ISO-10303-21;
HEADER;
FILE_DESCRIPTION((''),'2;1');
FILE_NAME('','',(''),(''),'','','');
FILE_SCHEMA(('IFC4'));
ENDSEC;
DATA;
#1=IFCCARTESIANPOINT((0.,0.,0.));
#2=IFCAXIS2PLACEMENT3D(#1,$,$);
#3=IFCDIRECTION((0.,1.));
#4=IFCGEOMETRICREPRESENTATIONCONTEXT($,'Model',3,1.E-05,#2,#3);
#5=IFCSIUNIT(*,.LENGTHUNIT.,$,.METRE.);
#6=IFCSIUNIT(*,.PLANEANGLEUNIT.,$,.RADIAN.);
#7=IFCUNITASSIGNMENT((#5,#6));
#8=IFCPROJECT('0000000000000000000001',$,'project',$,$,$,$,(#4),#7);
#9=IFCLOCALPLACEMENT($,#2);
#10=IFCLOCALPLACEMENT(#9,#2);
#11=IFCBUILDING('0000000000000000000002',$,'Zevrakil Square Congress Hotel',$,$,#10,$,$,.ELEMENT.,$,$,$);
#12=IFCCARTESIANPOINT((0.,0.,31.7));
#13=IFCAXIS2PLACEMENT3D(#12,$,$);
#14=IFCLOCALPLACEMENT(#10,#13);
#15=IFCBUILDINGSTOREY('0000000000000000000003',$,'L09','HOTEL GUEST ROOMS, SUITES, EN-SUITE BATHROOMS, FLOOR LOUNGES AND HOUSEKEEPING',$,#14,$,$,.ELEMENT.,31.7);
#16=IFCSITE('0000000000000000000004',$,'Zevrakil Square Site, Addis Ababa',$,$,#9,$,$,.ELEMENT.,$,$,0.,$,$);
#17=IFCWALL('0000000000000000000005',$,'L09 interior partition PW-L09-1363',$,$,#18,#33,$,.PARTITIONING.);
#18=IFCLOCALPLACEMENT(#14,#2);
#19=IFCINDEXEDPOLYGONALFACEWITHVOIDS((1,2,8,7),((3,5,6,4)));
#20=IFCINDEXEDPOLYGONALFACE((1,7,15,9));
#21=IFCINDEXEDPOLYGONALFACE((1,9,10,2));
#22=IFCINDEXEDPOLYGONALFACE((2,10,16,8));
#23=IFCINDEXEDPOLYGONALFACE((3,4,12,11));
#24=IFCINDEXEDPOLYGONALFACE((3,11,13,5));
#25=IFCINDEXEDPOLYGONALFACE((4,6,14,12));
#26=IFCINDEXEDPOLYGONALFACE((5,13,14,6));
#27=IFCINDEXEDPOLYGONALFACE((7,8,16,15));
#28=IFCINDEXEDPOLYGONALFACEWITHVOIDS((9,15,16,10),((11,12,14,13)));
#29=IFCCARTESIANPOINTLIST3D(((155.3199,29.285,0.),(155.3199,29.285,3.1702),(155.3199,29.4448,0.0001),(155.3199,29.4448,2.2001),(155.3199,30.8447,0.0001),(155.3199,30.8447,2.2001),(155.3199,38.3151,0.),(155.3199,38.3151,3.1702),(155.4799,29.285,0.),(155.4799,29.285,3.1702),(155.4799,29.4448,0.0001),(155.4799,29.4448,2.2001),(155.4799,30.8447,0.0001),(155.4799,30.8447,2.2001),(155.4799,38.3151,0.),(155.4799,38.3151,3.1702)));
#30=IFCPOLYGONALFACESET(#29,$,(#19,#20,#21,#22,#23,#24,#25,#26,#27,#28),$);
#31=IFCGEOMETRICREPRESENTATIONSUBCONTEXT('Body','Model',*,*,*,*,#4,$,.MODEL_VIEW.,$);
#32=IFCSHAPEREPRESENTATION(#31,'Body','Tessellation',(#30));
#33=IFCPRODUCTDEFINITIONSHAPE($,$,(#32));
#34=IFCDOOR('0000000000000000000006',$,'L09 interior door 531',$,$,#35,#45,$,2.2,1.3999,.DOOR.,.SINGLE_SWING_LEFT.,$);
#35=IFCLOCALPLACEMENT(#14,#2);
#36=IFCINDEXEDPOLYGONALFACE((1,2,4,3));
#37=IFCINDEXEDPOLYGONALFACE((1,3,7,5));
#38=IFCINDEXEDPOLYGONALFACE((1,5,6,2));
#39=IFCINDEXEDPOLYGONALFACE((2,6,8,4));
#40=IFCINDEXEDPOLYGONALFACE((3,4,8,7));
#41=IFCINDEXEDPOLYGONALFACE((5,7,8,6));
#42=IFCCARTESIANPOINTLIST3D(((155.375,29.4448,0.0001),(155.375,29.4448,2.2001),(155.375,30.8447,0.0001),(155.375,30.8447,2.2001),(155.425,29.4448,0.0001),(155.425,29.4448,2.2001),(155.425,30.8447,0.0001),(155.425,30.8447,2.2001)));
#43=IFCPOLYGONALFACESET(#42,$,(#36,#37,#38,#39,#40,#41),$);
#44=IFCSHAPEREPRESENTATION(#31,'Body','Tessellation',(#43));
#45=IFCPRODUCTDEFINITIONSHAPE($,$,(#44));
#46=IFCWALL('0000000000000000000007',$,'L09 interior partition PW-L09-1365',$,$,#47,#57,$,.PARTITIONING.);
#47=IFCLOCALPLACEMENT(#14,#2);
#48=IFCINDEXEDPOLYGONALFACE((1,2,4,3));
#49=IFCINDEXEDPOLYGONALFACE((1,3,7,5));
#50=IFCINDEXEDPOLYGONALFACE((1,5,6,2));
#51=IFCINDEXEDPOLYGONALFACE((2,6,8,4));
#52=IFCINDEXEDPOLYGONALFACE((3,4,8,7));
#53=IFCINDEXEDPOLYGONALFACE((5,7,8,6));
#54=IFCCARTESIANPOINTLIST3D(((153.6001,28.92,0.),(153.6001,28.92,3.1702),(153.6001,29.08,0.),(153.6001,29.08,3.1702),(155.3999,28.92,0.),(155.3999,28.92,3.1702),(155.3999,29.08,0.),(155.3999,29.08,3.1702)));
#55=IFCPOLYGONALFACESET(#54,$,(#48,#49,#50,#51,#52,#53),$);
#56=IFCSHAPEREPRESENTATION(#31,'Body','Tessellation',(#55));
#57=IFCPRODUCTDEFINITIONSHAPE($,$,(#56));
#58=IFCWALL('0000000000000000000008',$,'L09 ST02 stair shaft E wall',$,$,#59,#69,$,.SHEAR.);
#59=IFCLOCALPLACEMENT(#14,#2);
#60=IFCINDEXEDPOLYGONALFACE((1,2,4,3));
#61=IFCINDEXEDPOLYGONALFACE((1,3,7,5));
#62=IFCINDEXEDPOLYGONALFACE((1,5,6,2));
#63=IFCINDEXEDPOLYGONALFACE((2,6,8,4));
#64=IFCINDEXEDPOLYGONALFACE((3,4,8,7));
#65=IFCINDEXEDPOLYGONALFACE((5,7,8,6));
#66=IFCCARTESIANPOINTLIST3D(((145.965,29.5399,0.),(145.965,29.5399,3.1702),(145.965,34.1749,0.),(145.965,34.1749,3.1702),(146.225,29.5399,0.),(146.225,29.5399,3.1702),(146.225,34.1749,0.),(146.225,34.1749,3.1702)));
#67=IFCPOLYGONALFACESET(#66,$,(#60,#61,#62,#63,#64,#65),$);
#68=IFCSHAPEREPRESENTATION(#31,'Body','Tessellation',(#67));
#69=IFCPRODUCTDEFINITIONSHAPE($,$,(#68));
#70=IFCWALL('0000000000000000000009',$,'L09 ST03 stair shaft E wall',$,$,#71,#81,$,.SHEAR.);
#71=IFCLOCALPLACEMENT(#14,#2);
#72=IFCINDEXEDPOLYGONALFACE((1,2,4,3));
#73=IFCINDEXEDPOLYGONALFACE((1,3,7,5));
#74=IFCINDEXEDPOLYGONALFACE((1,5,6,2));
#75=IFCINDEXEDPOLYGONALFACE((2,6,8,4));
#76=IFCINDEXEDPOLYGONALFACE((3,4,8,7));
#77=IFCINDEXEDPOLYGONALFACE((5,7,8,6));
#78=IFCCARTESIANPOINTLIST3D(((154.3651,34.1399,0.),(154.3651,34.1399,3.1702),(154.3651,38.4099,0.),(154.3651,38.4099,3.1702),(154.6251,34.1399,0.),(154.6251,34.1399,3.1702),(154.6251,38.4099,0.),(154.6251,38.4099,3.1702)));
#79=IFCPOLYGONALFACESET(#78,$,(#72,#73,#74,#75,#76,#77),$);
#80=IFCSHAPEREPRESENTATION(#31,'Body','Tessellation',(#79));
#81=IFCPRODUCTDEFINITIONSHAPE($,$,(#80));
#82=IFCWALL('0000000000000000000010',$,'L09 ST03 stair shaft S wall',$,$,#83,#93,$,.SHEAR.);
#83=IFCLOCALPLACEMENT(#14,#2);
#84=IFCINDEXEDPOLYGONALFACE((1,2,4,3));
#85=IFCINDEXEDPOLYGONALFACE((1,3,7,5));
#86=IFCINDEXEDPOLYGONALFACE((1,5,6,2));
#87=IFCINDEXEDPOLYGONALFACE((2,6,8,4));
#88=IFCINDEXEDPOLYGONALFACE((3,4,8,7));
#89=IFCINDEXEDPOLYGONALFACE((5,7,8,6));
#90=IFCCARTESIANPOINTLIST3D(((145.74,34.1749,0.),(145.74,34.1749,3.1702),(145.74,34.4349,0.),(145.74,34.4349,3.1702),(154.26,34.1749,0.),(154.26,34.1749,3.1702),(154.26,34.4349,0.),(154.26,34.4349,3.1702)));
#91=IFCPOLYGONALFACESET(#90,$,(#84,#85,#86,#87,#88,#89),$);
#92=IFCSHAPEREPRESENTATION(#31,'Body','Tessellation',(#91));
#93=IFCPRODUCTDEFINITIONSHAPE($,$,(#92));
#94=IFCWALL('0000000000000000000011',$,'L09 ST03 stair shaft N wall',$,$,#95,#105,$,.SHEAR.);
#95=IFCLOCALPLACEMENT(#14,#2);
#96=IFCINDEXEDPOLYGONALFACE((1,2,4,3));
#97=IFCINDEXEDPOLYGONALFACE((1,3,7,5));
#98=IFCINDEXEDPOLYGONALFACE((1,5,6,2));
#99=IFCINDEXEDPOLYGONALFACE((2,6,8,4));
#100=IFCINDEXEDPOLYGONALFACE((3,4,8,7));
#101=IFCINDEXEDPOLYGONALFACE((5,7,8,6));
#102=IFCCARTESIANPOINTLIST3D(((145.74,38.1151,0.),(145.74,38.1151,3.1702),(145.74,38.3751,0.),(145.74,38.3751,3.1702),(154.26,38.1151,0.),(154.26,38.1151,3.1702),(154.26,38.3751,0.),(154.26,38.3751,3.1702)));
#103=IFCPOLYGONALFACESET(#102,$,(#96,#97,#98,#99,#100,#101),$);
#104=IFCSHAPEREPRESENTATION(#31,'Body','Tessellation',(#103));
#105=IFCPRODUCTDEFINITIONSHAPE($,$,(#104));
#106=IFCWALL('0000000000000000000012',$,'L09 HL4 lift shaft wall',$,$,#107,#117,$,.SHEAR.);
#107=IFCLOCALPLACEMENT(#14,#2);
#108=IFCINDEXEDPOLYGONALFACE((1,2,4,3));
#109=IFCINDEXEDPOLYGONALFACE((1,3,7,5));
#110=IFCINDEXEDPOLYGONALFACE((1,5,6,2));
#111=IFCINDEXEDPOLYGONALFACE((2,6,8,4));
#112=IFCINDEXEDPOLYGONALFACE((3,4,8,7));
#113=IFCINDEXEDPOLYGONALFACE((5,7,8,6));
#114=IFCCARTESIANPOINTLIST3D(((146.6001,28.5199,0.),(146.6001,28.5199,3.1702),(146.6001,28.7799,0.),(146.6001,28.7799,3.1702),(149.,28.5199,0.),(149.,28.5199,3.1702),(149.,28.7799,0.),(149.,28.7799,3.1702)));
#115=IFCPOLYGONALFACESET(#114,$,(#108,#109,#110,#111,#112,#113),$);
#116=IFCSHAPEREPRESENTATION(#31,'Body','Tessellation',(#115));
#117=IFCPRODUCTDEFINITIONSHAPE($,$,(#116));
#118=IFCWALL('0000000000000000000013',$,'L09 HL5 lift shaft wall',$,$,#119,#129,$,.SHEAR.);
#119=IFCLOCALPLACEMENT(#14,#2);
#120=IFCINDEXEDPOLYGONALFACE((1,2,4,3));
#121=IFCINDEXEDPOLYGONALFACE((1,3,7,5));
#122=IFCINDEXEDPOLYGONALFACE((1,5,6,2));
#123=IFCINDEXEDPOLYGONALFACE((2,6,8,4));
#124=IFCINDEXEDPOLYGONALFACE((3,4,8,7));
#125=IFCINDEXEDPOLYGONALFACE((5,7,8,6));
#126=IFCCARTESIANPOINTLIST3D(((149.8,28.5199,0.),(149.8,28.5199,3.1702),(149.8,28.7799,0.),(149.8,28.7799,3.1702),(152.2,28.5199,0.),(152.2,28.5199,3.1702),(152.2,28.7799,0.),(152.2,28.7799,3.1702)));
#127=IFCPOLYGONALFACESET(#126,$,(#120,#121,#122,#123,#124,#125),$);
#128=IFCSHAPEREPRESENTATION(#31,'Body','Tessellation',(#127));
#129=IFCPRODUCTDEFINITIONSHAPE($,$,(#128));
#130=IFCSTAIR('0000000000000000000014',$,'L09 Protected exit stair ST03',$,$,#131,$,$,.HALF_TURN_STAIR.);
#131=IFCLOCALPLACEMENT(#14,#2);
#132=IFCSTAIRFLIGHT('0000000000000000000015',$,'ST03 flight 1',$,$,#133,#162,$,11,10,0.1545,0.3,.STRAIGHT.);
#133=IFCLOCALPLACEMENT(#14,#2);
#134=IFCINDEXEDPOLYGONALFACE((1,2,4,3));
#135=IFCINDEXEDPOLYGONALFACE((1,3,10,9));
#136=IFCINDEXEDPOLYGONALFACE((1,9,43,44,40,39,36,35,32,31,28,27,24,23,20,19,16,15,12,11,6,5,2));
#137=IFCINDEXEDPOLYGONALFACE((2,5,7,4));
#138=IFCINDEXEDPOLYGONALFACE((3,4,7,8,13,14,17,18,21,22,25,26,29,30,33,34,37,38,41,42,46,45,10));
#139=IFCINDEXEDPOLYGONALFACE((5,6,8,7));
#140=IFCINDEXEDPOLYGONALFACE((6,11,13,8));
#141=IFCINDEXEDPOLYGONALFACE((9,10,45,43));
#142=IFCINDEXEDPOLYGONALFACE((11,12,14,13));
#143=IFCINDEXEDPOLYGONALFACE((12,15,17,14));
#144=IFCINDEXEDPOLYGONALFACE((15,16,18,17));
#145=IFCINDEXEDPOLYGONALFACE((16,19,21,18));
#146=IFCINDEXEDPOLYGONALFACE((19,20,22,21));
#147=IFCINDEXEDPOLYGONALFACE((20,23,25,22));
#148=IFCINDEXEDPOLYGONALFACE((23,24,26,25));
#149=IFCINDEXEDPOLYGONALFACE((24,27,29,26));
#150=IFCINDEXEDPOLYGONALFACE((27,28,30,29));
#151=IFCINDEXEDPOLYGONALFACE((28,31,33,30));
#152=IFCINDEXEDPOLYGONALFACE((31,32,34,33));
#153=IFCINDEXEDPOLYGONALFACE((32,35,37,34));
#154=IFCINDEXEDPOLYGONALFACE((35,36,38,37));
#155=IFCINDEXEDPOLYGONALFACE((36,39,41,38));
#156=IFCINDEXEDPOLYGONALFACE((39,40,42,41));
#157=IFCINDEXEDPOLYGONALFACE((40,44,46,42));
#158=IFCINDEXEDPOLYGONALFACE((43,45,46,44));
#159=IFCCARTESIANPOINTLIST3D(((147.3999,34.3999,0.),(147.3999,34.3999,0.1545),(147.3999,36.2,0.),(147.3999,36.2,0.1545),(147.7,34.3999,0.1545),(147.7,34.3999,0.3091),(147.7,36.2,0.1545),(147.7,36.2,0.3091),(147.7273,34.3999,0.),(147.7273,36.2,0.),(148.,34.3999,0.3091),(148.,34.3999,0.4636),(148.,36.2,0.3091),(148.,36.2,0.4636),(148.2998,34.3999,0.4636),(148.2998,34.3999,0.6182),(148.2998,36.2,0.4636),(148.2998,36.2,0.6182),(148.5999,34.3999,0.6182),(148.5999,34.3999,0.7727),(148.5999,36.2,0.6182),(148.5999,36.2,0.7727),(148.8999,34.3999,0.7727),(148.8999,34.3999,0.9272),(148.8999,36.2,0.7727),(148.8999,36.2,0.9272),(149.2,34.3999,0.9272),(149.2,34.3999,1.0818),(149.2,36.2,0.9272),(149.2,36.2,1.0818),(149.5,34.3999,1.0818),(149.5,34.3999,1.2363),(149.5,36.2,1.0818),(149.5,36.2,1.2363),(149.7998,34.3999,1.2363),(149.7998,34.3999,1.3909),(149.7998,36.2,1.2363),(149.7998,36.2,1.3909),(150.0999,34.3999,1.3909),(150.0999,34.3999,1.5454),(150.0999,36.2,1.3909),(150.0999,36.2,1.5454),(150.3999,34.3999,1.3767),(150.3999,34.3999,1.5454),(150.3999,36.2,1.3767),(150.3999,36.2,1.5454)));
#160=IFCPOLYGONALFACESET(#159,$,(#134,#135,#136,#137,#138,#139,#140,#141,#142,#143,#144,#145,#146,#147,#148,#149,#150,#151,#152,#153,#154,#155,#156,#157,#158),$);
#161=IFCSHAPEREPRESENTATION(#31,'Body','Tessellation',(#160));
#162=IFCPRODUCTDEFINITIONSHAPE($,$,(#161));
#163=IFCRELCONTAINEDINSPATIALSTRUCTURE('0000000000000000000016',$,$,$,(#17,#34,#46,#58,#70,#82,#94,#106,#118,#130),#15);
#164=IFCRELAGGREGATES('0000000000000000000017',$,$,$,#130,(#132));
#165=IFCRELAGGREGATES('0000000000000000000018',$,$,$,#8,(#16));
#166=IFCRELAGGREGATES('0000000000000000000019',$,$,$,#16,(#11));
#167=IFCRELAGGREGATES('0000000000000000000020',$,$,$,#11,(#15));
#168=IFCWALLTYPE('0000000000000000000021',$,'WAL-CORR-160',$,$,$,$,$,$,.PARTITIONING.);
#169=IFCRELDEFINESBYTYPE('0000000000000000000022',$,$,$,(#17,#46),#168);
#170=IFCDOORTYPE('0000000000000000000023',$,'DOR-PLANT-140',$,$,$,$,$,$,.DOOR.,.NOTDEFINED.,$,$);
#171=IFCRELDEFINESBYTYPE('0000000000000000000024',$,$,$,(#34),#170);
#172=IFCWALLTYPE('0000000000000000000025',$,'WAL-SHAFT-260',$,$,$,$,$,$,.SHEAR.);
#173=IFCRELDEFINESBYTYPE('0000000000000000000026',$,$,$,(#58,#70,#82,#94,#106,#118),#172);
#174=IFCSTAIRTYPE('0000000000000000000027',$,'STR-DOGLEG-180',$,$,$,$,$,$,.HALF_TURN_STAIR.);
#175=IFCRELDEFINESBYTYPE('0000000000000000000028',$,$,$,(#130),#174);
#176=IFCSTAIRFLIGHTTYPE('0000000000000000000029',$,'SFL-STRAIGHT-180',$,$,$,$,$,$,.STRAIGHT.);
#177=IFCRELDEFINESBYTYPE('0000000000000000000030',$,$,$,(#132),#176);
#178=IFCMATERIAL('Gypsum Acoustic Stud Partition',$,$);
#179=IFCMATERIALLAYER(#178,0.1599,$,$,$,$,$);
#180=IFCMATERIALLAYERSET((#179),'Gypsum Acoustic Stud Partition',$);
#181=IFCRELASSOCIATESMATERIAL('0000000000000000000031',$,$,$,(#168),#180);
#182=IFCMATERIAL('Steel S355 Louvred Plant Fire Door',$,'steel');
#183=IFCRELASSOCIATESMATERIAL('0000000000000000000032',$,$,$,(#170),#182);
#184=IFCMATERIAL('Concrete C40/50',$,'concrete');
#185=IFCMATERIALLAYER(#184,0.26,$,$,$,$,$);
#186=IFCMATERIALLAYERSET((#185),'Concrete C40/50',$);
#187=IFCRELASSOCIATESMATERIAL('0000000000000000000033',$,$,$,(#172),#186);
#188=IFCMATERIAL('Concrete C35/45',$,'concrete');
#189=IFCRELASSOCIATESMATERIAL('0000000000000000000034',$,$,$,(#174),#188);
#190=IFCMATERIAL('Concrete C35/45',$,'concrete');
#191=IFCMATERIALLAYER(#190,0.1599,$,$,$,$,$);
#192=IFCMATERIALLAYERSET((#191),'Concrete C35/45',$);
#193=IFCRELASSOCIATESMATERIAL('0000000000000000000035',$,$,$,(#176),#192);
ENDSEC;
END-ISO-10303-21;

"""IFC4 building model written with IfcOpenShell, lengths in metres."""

from ifc_helpers import new_model, si_unit, direction, frame, frame_2d, origin, place, context, subcontext, project, spatial, polyline, rectangle, outline, extrude, material, layer, layer_set, type_object, element, fill, aggregate, save


model = new_model("IFC4")

# Units and contexts
model_context = context("Model", 3, precision=1e-05, world=origin(), true_north=direction((0.0, 1.0)))
body_context = subcontext(model_context, "Body", "Model", "MODEL_VIEW")
ifc_project = project(units=[si_unit("LENGTHUNIT", "METRE"), si_unit("PLANEANGLEUNIT", "RADIAN")], contexts=[model_context])

# Site, building, storey
site_placement = place(None, origin())
site = spatial("IfcSite", under=ifc_project, at=site_placement, Name="Zevrakil Square Site, Addis Ababa", CompositionType="ELEMENT", RefElevation=0.0)
building_placement = place(site_placement, origin())
building = spatial("IfcBuilding", under=site, at=building_placement, Name="Zevrakil Square Congress Hotel", CompositionType="ELEMENT")
storey_placement = place(building_placement, frame((0.0, 0.0, 31.7)))
storey = spatial("IfcBuildingStorey", under=building, at=storey_placement, Name="L09", Description="HOTEL GUEST ROOMS, SUITES, EN-SUITE BATHROOMS, FLOOR LOUNGES AND HOUSEKEEPING", CompositionType="ELEMENT", Elevation=31.7)

# Shared definitions
ifc_material_1 = material(Name="Gypsum Acoustic Stud Partition")
ifc_layer_1 = layer(ifc_material_1, 0.1599)
ifc_layer_set_1 = layer_set([ifc_layer_1], Name="Gypsum Acoustic Stud Partition")
wall_type_1 = type_object("IfcWallType", Name="WAL-CORR-160", PredefinedType="PARTITIONING", material=ifc_layer_set_1)

# Wall, opening, door
wall_1_placement = place(storey_placement, frame((155.3999, 29.2849, 0.0), z_axis=(0.0, 0.0, 1.0), x_axis=(0.0, 1.0, 0.0)))
wall_1 = element("IfcWall", 1, at=wall_1_placement, inside=storey, type_object=wall_type_1, Name="L09 interior partition PW-L09-1363", PredefinedType="PARTITIONING", context=body_context, shape_type="SweptSolid", body=[
    extrude(rectangle(XDim=9.03, YDim=0.1599, at=frame_2d((4.5151, 0.0))), origin(), (0.0, 0.0, 1.0), 3.1702),
])
opening_placement = place(wall_1_placement, frame((0.1599, 0.0, 0.0)))
opening = element("IfcOpeningElement", 2, at=opening_placement, cuts=wall_1, PredefinedType="OPENING", context=body_context, shape_type="SweptSolid", body=[
    extrude(rectangle(XDim=1.3999, YDim=2.2, at=frame_2d((0.7, 1.1001))), frame((0.0, 0.0898, 0.0), z_axis=(0.0, -1.0, 0.0), x_axis=(1.0, 0.0, 0.0)), (0.0, 0.0, 1.0), 0.1799),
])
ifc_material_2 = material(Name="Steel S355 Louvred Plant Fire Door", Category="steel")
door_type = type_object("IfcDoorType", Name="DOR-PLANT-140", OperationType="NOTDEFINED", PredefinedType="DOOR", material=ifc_material_2)
door_placement = place(opening_placement, origin())
door = element("IfcDoor", 3, at=door_placement, inside=storey, type_object=door_type, Name="L09 interior door 531", OperationType="SINGLE_SWING_LEFT", OverallHeight=2.2, OverallWidth=1.3999, PredefinedType="DOOR", context=body_context, shape_type="SweptSolid", body=[
    extrude(rectangle(XDim=1.3999, YDim=2.2, at=frame_2d((0.7, 1.1001))), frame((0.0, 0.0249, 0.0), z_axis=(0.0, -1.0, 0.0), x_axis=(1.0, 0.0, 0.0)), (0.0, 0.0, 1.0), 0.05),
])
fill(opening, door)

# Walls
wall_2_placement = place(storey_placement, frame((153.6001, 29.0, 0.0), z_axis=(0.0, 0.0, 1.0), x_axis=(1.0, 0.0, 0.0)))
element("IfcWall", 4, at=wall_2_placement, inside=storey, type_object=wall_type_1, Name="L09 interior partition PW-L09-1365", PredefinedType="PARTITIONING", context=body_context, shape_type="SweptSolid", body=[
    extrude(rectangle(XDim=1.7998, YDim=0.1599, at=frame_2d((0.8999, 0.0))), origin(), (0.0, 0.0, 1.0), 3.1702),
])
ifc_material_3 = material(Name="Concrete C40/50", Category="concrete")
ifc_layer_2 = layer(ifc_material_3, 0.26)
ifc_layer_set_2 = layer_set([ifc_layer_2], Name="Concrete C40/50")
wall_type_2 = type_object("IfcWallType", Name="WAL-SHAFT-260", PredefinedType="SHEAR", material=ifc_layer_set_2)
wall_3_placement = place(storey_placement, frame((146.095, 29.54, 0.0), z_axis=(0.0, 0.0, 1.0), x_axis=(0.0, 1.0, 0.0)))
element("IfcWall", 5, at=wall_3_placement, inside=storey, type_object=wall_type_2, Name="L09 ST02 stair shaft E wall", PredefinedType="SHEAR", context=body_context, shape_type="SweptSolid", body=[
    extrude(rectangle(XDim=4.635, YDim=0.26, at=frame_2d((2.3174, 0.0))), origin(), (0.0, 0.0, 1.0), 3.1702),
])
wall_4_placement = place(storey_placement, frame((154.4951, 34.1399, 0.0), z_axis=(0.0, 0.0, 1.0), x_axis=(0.0, 1.0, 0.0)))
element("IfcWall", 6, at=wall_4_placement, inside=storey, type_object=wall_type_2, Name="L09 ST03 stair shaft E wall", PredefinedType="SHEAR", context=body_context, shape_type="SweptSolid", body=[
    extrude(rectangle(XDim=4.27, YDim=0.26, at=frame_2d((2.135, 0.0))), origin(), (0.0, 0.0, 1.0), 3.1702),
])
for number, where, z_axis, x_axis, name in (
    (7, (145.74, 34.3049, 0.0), (0.0, 0.0, 1.0), (1.0, 0.0, 0.0), "L09 ST03 stair shaft S wall"),
    (8, (145.74, 38.2451, 0.0), (0.0, 0.0, 1.0), (1.0, 0.0, 0.0), "L09 ST03 stair shaft N wall"),
):
    element("IfcWall", number, at=place(storey_placement, frame(where, z_axis=z_axis, x_axis=x_axis)), inside=storey, type_object=wall_type_2, Name=name, PredefinedType="SHEAR", context=body_context, shape_type="SweptSolid", body=[
        extrude(rectangle(XDim=8.52, YDim=0.26, at=frame_2d((4.26, 0.0))), origin(), (0.0, 0.0, 1.0), 3.1702),
    ])
for number, where, z_axis, x_axis, name in (
    (9, (146.6001, 28.6499, 0.0), (0.0, 0.0, 1.0), (1.0, 0.0, 0.0), "L09 HL4 lift shaft wall"),
    (10, (149.8, 28.6499, 0.0), (0.0, 0.0, 1.0), (1.0, 0.0, 0.0), "L09 HL5 lift shaft wall"),
):
    element("IfcWall", number, at=place(storey_placement, frame(where, z_axis=z_axis, x_axis=x_axis)), inside=storey, type_object=wall_type_2, Name=name, PredefinedType="SHEAR", context=body_context, shape_type="SweptSolid", body=[
        extrude(rectangle(XDim=2.3999, YDim=0.26, at=frame_2d((1.2, 0.0))), origin(), (0.0, 0.0, 1.0), 3.1702),
    ])

# Stair, stair flight
ifc_material_4 = material(Name="Concrete C35/45", Category="concrete")
stair_type = type_object("IfcStairType", Name="STR-DOGLEG-180", PredefinedType="HALF_TURN_STAIR", material=ifc_material_4)
stair_placement = place(storey_placement, origin())
stair = element("IfcStair", 11, at=stair_placement, inside=storey, type_object=stair_type, Name="L09 Protected exit stair ST03", PredefinedType="HALF_TURN_STAIR")
ifc_material_5 = material(Name="Concrete C35/45", Category="concrete")
ifc_layer_3 = layer(ifc_material_5, 0.1599)
ifc_layer_set_3 = layer_set([ifc_layer_3], Name="Concrete C35/45")
stair_flight_type = type_object("IfcStairFlightType", Name="SFL-STRAIGHT-180", PredefinedType="STRAIGHT", material=ifc_layer_set_3)
stair_flight_1_placement = place(storey_placement, frame((147.3999, 35.3, 0.0), z_axis=(0.0, 0.0, 1.0), x_axis=(1.0, 0.0, 0.0)))
stair_flight_1 = element("IfcStairFlight", 12, at=stair_flight_1_placement, type_object=stair_flight_type, Name="ST03 flight 1", NumberOfRisers=11, NumberOfTreads=10, PredefinedType="STRAIGHT", RiserHeight=0.1545, TreadLength=0.3, context=body_context, shape_type="SweptSolid", body=[
    extrude(outline(polyline([(0.0, 0.0), (0.0, 0.1545), (0.3, 0.1545), (0.3, 0.3091), (0.6001, 0.3091), (0.6001, 0.4636), (0.8999, 0.4636), (0.8999, 0.6182), (1.2, 0.6182), (1.2, 0.7727), (1.5, 0.7727), (1.5, 0.9272), (1.8, 0.9272), (1.8, 1.0818), (2.1001, 1.0818), (2.1001, 1.2363), (2.3999, 1.2363), (2.3999, 1.3909), (2.7, 1.3909), (2.7, 1.5454), (3.0, 1.5454), (3.0, 1.7), (3.0, 1.3767), (0.3274, 0.0), (0.0, 0.0)])), frame((0.0, 0.8999, 0.0), z_axis=(0.0, -1.0, 0.0), x_axis=(1.0, 0.0, 0.0)), (0.0, 0.0, 1.0), 1.8),
])
aggregate(stair, [stair_flight_1])

save(model, "model.ifc")
